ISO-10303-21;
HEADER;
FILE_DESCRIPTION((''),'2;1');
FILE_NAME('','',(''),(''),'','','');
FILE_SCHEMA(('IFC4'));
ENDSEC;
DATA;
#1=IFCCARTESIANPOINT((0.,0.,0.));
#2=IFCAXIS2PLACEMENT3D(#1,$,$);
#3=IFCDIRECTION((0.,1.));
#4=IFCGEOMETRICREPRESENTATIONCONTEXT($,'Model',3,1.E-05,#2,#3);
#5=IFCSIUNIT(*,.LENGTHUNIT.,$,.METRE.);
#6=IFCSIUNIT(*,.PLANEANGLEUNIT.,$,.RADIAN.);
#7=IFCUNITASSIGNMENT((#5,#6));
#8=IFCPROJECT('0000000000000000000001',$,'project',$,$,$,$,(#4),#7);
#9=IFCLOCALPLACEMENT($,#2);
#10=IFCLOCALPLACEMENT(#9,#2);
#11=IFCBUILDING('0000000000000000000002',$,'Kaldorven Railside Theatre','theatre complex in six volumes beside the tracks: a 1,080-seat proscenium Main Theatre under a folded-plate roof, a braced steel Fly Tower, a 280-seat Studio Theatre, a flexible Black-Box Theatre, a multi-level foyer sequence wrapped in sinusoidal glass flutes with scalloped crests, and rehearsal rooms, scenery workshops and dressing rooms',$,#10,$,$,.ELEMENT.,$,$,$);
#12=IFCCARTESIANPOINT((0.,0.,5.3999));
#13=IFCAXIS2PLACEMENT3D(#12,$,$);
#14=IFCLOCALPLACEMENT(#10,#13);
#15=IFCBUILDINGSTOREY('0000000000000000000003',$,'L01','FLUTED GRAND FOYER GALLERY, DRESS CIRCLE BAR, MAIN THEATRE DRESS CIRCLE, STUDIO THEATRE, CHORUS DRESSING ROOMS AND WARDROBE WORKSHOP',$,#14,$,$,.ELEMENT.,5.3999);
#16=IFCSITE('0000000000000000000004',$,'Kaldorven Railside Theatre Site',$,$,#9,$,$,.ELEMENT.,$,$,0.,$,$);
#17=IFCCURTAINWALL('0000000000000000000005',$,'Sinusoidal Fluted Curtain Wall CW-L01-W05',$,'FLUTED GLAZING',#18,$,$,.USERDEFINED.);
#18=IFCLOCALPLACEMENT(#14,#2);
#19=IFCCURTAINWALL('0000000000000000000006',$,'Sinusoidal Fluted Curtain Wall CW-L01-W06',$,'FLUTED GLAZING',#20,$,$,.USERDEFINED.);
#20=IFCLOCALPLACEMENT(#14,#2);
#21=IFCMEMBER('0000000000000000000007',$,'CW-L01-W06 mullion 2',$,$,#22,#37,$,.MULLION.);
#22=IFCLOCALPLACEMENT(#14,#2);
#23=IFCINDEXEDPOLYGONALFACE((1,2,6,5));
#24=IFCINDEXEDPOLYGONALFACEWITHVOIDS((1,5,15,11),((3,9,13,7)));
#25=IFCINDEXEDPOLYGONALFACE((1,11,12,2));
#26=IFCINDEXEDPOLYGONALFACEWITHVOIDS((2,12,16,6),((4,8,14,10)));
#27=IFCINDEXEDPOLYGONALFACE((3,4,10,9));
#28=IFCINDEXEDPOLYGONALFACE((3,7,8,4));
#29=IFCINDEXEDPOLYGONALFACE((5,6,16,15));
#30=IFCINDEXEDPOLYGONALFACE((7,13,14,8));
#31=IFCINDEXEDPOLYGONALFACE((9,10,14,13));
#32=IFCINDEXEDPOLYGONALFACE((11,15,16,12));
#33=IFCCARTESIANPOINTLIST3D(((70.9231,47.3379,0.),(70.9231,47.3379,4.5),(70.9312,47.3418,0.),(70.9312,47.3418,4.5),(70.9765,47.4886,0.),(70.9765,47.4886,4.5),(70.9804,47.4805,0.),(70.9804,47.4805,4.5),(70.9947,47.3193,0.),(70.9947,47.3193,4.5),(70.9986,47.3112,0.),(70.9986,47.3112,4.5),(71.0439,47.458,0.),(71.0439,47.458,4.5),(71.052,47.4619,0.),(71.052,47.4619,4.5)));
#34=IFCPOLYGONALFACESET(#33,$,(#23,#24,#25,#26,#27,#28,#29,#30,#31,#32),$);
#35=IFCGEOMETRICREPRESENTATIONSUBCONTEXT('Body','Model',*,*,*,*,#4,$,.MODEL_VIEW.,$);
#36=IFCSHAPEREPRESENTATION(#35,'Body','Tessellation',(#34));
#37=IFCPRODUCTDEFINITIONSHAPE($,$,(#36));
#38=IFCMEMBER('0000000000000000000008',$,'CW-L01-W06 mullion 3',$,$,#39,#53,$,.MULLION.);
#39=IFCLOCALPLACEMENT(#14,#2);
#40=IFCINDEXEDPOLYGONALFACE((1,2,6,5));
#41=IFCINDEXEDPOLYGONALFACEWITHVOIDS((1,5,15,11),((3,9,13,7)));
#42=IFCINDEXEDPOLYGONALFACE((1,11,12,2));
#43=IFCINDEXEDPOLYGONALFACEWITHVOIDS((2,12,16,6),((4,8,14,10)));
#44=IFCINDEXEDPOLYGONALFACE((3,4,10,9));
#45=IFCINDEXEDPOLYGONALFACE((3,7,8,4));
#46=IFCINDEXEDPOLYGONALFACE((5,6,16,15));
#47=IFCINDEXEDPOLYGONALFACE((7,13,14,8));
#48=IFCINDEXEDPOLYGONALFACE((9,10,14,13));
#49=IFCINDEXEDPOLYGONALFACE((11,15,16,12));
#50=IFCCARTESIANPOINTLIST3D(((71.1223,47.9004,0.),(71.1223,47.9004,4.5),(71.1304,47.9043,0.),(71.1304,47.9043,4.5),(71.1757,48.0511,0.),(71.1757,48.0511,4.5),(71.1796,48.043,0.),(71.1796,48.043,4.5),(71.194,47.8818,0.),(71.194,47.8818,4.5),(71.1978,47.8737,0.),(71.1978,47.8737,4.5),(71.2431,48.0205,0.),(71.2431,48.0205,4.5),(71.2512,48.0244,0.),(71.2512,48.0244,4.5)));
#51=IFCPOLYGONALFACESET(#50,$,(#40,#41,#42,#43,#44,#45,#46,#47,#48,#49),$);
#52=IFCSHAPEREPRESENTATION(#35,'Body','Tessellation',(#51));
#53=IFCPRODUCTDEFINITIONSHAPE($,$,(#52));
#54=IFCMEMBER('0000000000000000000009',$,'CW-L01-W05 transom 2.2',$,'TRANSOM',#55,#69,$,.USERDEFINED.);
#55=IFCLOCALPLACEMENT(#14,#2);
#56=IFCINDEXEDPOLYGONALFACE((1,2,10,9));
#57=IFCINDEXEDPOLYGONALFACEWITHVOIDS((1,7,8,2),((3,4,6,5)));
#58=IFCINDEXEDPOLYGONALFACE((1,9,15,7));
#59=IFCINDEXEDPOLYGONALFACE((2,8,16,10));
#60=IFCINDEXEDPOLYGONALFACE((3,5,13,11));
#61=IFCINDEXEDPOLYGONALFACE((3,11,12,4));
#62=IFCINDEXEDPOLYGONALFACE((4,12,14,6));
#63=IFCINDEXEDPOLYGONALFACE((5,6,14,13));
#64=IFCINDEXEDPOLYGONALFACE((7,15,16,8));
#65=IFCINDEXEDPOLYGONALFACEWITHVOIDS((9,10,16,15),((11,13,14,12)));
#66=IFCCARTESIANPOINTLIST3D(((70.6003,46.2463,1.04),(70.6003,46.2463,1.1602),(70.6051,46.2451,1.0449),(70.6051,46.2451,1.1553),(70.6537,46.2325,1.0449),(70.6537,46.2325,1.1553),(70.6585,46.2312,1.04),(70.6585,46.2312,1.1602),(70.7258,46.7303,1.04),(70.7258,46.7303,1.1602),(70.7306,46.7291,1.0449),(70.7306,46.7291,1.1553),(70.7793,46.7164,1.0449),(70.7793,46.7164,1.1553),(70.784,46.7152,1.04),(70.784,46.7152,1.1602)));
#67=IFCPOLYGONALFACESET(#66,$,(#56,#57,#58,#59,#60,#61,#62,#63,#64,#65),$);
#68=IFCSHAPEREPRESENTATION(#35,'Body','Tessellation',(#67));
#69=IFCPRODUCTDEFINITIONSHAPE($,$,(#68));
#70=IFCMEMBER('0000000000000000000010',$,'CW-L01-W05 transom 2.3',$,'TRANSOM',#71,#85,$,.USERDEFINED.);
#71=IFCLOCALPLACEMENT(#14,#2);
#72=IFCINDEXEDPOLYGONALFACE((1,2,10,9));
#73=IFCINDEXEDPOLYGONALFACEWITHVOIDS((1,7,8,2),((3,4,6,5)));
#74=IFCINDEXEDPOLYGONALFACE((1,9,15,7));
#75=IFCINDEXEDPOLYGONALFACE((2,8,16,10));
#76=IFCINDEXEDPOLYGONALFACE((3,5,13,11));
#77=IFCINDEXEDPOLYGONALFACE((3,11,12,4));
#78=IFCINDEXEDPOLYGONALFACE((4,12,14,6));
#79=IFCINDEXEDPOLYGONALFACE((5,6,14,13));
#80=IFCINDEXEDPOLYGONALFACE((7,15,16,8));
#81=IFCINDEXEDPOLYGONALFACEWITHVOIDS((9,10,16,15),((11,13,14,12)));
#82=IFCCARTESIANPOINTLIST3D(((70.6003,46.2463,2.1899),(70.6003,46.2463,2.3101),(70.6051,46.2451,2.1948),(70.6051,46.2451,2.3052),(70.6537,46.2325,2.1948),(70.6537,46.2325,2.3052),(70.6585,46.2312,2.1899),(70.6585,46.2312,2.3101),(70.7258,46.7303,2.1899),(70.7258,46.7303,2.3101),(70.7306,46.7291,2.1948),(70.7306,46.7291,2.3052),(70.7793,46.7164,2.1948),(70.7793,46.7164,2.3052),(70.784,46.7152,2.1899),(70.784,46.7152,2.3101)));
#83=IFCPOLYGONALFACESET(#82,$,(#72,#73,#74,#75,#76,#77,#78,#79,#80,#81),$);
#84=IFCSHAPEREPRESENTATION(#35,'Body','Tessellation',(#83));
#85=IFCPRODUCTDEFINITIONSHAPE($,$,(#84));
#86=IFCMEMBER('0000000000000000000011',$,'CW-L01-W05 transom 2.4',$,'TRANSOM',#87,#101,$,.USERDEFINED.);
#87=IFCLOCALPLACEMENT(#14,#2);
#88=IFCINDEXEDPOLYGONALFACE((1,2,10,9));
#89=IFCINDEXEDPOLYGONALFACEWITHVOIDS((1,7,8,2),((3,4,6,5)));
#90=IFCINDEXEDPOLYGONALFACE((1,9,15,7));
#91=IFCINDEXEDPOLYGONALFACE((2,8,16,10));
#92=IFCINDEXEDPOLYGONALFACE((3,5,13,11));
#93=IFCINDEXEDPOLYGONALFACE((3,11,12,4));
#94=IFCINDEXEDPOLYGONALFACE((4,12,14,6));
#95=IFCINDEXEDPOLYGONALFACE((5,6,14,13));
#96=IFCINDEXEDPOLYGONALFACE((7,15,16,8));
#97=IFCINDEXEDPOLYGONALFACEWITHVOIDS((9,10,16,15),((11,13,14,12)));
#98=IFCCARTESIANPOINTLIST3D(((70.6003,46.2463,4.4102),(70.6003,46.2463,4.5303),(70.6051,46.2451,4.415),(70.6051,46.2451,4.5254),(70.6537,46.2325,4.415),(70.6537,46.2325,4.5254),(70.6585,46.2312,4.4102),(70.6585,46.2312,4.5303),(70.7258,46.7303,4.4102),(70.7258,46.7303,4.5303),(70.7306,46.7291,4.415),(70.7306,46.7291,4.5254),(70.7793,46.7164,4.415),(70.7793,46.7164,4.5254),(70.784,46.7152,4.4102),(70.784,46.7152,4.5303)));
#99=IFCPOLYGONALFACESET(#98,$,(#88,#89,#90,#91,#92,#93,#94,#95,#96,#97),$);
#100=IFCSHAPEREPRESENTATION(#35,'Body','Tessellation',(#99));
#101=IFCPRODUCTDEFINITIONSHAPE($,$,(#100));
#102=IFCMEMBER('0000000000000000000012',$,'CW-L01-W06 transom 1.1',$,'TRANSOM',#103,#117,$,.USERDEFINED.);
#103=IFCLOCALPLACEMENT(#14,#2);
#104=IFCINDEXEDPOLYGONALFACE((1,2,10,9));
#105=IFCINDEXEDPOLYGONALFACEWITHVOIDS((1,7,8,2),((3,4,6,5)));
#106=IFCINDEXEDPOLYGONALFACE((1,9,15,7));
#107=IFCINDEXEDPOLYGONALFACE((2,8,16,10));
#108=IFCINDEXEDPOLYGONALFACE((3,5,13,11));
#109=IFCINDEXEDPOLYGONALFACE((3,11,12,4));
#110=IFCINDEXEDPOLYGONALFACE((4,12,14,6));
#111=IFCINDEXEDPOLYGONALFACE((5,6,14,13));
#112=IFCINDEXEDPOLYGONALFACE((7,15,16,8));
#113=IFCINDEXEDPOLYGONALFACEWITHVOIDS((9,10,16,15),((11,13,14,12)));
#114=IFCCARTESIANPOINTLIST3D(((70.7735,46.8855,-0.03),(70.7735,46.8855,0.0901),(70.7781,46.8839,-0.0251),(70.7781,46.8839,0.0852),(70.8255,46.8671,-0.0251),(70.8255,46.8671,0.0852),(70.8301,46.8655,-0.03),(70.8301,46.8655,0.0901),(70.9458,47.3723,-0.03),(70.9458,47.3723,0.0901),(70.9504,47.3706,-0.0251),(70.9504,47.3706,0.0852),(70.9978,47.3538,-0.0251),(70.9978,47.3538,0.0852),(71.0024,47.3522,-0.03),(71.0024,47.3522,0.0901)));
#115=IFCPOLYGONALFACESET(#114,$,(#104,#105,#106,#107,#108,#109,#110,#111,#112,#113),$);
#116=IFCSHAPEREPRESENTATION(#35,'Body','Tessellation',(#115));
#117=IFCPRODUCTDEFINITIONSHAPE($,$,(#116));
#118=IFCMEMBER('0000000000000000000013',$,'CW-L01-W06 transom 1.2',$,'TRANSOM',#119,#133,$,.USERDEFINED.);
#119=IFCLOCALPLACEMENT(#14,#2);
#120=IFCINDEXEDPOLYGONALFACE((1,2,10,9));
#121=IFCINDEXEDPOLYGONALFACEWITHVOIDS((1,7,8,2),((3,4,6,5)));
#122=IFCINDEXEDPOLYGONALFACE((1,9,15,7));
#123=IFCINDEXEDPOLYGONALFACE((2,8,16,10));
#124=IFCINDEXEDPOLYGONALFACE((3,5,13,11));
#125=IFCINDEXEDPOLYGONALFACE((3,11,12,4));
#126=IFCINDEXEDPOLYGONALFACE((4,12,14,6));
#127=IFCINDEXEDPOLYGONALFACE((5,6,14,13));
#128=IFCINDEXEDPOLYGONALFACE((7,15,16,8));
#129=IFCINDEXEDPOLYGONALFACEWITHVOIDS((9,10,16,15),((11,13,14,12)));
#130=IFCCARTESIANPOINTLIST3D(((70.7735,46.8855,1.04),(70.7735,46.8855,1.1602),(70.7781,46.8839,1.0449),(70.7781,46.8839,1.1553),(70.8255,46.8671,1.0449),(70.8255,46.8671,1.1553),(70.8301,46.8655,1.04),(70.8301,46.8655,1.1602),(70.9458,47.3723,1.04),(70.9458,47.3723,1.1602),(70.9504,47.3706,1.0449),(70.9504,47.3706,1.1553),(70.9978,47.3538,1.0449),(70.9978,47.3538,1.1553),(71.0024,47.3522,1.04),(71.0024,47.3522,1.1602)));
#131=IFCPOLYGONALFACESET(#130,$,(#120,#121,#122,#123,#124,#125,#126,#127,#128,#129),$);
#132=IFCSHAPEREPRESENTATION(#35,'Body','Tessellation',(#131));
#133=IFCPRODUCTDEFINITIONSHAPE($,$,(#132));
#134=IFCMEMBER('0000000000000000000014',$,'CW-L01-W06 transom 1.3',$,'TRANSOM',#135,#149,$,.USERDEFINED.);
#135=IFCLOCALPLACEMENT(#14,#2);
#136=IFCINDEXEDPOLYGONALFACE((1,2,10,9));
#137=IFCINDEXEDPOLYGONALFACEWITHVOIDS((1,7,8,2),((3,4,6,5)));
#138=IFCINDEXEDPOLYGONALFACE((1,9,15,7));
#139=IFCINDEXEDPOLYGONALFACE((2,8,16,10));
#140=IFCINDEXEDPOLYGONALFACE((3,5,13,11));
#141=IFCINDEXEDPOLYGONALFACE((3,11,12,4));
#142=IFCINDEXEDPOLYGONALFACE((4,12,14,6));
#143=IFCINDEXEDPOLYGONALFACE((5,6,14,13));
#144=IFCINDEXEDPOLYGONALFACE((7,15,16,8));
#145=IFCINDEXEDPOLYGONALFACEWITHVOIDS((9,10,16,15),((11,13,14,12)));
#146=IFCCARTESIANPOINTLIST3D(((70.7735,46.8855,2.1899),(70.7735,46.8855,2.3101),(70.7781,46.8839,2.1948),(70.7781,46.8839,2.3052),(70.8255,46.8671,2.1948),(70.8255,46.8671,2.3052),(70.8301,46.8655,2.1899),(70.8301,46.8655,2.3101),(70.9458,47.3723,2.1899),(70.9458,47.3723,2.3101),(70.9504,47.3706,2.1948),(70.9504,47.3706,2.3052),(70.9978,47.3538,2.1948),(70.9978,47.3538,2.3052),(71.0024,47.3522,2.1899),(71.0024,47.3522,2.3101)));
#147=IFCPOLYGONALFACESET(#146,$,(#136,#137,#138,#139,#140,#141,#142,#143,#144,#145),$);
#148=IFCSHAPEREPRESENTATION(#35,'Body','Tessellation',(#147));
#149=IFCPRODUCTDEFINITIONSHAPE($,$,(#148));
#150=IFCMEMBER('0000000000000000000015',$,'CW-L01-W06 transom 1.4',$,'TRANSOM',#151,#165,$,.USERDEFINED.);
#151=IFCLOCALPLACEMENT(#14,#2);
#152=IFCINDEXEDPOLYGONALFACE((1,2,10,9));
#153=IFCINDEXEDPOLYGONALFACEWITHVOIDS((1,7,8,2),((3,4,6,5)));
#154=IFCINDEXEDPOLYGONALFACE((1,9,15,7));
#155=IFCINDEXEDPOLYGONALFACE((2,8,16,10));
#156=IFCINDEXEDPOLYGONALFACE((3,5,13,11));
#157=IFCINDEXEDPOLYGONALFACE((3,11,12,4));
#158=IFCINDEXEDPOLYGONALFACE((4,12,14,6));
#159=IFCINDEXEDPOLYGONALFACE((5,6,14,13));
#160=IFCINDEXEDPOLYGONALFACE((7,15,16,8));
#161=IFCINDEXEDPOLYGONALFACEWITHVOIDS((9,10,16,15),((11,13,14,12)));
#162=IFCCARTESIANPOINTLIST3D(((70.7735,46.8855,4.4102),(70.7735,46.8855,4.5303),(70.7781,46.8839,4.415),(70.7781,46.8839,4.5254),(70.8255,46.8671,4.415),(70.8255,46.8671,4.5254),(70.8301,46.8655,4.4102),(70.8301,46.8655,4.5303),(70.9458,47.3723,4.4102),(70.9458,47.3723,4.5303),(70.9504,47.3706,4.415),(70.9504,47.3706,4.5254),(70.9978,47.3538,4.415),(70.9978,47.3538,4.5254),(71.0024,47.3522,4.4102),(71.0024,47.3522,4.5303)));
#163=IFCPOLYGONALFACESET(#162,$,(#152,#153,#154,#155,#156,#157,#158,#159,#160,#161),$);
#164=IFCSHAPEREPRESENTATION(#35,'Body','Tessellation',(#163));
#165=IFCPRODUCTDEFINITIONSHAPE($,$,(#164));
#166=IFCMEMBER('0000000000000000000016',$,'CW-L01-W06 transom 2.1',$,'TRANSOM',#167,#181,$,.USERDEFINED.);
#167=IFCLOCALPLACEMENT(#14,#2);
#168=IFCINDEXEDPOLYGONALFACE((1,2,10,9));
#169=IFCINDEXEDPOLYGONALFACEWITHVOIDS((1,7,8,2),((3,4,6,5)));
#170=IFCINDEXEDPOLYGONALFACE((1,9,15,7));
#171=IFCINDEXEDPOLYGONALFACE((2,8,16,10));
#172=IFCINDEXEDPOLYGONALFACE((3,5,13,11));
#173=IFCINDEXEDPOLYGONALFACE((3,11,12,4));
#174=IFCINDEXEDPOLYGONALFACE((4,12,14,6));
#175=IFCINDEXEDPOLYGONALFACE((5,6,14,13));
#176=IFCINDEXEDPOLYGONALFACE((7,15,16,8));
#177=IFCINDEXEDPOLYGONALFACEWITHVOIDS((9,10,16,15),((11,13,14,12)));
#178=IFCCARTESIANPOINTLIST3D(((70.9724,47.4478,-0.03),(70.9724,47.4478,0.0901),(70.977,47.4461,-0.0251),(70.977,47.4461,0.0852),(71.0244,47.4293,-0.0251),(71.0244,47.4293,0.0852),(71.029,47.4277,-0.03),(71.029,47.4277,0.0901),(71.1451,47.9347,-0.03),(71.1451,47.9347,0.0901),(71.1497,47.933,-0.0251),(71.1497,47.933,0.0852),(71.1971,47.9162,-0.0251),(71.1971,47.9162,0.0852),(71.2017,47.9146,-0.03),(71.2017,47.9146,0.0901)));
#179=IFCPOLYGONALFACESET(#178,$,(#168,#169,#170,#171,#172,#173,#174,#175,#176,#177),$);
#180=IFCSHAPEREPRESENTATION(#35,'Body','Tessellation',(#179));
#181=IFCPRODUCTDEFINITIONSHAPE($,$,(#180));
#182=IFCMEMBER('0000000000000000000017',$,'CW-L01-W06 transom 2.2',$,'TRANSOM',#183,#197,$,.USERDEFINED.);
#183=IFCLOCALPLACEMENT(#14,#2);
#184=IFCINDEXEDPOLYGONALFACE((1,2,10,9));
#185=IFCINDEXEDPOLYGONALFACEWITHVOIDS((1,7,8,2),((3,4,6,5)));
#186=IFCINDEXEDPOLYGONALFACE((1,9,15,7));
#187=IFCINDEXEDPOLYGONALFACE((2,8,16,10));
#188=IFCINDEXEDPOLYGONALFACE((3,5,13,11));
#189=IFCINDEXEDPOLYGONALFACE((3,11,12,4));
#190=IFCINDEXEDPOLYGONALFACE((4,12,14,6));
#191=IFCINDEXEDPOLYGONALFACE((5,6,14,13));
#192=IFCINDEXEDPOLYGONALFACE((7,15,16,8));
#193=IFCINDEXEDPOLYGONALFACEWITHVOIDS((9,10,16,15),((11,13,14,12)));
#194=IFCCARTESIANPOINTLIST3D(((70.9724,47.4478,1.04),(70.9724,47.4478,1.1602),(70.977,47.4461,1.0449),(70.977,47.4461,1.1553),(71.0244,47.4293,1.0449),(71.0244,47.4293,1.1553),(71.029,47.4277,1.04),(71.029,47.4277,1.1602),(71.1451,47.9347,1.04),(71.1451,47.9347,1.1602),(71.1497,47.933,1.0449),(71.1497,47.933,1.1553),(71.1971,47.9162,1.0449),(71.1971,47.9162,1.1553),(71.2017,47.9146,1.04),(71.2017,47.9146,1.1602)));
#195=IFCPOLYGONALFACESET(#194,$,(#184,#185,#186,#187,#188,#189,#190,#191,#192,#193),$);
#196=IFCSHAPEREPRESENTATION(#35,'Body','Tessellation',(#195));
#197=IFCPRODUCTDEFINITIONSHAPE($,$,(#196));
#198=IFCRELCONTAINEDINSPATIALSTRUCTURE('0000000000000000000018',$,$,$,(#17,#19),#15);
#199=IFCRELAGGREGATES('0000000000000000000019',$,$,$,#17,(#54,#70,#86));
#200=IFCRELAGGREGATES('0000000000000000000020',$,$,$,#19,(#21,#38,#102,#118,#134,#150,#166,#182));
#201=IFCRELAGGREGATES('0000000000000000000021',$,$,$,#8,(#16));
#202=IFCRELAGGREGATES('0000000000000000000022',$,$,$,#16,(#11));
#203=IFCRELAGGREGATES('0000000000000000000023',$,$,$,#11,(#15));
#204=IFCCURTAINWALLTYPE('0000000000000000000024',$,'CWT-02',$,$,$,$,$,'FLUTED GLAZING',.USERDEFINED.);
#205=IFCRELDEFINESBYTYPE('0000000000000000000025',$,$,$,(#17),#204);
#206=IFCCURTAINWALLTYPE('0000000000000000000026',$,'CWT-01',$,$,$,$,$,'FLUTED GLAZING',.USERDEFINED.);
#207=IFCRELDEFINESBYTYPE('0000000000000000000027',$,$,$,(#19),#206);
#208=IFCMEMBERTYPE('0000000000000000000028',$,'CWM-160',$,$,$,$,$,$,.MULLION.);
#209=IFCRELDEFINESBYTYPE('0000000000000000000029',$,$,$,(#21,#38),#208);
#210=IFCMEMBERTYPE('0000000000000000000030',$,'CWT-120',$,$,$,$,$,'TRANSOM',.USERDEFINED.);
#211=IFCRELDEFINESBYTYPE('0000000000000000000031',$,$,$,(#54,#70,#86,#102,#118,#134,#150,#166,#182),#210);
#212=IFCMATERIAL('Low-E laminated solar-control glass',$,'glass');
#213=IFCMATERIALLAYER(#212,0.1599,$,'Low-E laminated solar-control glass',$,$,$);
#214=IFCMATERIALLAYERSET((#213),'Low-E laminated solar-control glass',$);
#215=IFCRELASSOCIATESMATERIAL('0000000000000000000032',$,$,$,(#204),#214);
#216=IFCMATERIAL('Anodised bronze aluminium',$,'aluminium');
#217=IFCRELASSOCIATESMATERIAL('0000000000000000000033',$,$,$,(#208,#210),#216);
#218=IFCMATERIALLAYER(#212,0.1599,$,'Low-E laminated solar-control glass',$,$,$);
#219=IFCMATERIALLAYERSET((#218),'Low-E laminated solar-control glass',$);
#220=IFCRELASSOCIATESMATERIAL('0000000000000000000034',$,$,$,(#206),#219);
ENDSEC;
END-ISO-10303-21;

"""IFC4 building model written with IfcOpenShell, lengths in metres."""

from ifc_helpers import new_model, si_unit, direction, frame, origin, origin_2d, place, context, subcontext, project, spatial, hollow_rectangle, extrude, material, layer, layer_set, material_profile, profile_set, type_object, element, aggregate, save


model = new_model("IFC4")

# Units and contexts
model_context = context("Model", 3, precision=1e-05, world=origin(), true_north=direction((0.0, 1.0)))
body_context = subcontext(model_context, "Body", "Model", "MODEL_VIEW")
ifc_project = project(units=[si_unit("LENGTHUNIT", "METRE"), si_unit("PLANEANGLEUNIT", "RADIAN")], contexts=[model_context])

# Site, building, storey
site_placement = place(None, origin())
site = spatial("IfcSite", under=ifc_project, at=site_placement, Name="Kaldorven Railside Theatre Site", CompositionType="ELEMENT", RefElevation=0.0)
building_placement = place(site_placement, origin())
building = spatial("IfcBuilding", under=site, at=building_placement, Name="Kaldorven Railside Theatre", Description="theatre complex in six volumes beside the tracks: a 1,080-seat proscenium Main Theatre under a folded-plate roof, a braced steel Fly Tower, a 280-seat Studio Theatre, a flexible Black-Box Theatre, a multi-level foyer sequence wrapped in sinusoidal glass flutes with scalloped crests, and rehearsal rooms, scenery workshops and dressing rooms", CompositionType="ELEMENT")
storey_placement = place(building_placement, frame((0.0, 0.0, 5.3999)))
storey = spatial("IfcBuildingStorey", under=building, at=storey_placement, Name="L01", Description="FLUTED GRAND FOYER GALLERY, DRESS CIRCLE BAR, MAIN THEATRE DRESS CIRCLE, STUDIO THEATRE, CHORUS DRESSING ROOMS AND WARDROBE WORKSHOP", CompositionType="ELEMENT", Elevation=5.3999)

# Curtain wall
ifc_material_1 = material(Name="Low-E laminated solar-control glass", Category="glass")
ifc_layer_1 = layer(ifc_material_1, 0.1599, Name="Low-E laminated solar-control glass")
ifc_layer_set_1 = layer_set([ifc_layer_1], Name="Low-E laminated solar-control glass")
curtain_wall_type_1 = type_object("IfcCurtainWallType", Name="CWT-02", ElementType="FLUTED GLAZING", PredefinedType="USERDEFINED", material=ifc_layer_set_1)
curtain_wall_1_placement = place(storey_placement, origin())
curtain_wall_1 = element("IfcCurtainWall", 1, at=curtain_wall_1_placement, inside=storey, type_object=curtain_wall_type_1, Name="Sinusoidal Fluted Curtain Wall CW-L01-W05", ObjectType="FLUTED GLAZING", PredefinedType="USERDEFINED")
ifc_material_2 = material(Name="Anodised bronze aluminium", Category="aluminium")
ifc_material_profile_1 = material_profile(ifc_material_2, hollow_rectangle(XDim=0.0801, YDim=0.1599, WallThickness=0.0063, at=origin_2d()), Name="RHS 160x80x6.3")
ifc_profile_set_1 = profile_set([ifc_material_profile_1], Name="Anodised bronze aluminium")
member_type_1 = type_object("IfcMemberType", Name="CWM-160", PredefinedType="MULLION", material=ifc_profile_set_1)

# Curtain wall, members
ifc_layer_2 = layer(ifc_material_1, 0.1599, Name="Low-E laminated solar-control glass")
ifc_layer_set_2 = layer_set([ifc_layer_2], Name="Low-E laminated solar-control glass")
curtain_wall_type_2 = type_object("IfcCurtainWallType", Name="CWT-01", ElementType="FLUTED GLAZING", PredefinedType="USERDEFINED", material=ifc_layer_set_2)
curtain_wall_2_placement = place(storey_placement, origin())
curtain_wall_2 = element("IfcCurtainWall", 2, at=curtain_wall_2_placement, inside=storey, type_object=curtain_wall_type_2, Name="Sinusoidal Fluted Curtain Wall CW-L01-W06", ObjectType="FLUTED GLAZING", PredefinedType="USERDEFINED")
member_1_placement = place(storey_placement, frame((70.9875, 47.3999, 0.0), z_axis=(0.0, 0.0, 1.0), x_axis=(-0.942627, 0.333847, 0.0)))
member_1 = element("IfcMember", 3, at=member_1_placement, type_object=member_type_1, Name="CW-L01-W06 mullion 2", PredefinedType="MULLION", context=body_context, shape_type="SweptSolid", body=[
    extrude(hollow_rectangle(XDim=0.0801, YDim=0.1599, WallThickness=0.0063, at=origin_2d()), origin(), (0.0, 0.0, 1.0), 4.5),
])
member_2_placement = place(storey_placement, frame((71.1868, 47.9624, 0.0), z_axis=(0.0, 0.0, 1.0), x_axis=(-0.942627, 0.333847, 0.0)))
member_2 = element("IfcMember", 4, at=member_2_placement, type_object=member_type_1, Name="CW-L01-W06 mullion 3", PredefinedType="MULLION", context=body_context, shape_type="SweptSolid", body=[
    extrude(hollow_rectangle(XDim=0.0801, YDim=0.1599, WallThickness=0.0063, at=origin_2d()), origin(), (0.0, 0.0, 1.0), 4.5),
])

# Members
ifc_material_profile_2 = material_profile(ifc_material_2, hollow_rectangle(XDim=0.0601, YDim=0.1201, WallThickness=0.0049, at=origin_2d()), Name="RHS 120x60x5")
ifc_profile_set_2 = profile_set([ifc_material_profile_2], Name="Anodised bronze aluminium")
member_type_2 = type_object("IfcMemberType", Name="CWT-120", ElementType="TRANSOM", PredefinedType="USERDEFINED", material=ifc_profile_set_2)
member_3_placement = place(storey_placement, frame((70.6294, 46.2388, 1.1001), z_axis=(0.25103, 0.967979, 0.0), x_axis=(-0.967979, 0.25103, 0.0)))
member_3 = element("IfcMember", 5, at=member_3_placement, type_object=member_type_2, Name="CW-L01-W05 transom 2.2", ObjectType="TRANSOM", PredefinedType="USERDEFINED", context=body_context, shape_type="SweptSolid", body=[
    extrude(hollow_rectangle(XDim=0.0601, YDim=0.1201, WallThickness=0.0049, at=origin_2d()), origin(), (0.0, 0.0, 1.0), 0.5),
])
member_4_placement = place(storey_placement, frame((70.6294, 46.2388, 2.25), z_axis=(0.25103, 0.967979, 0.0), x_axis=(-0.967979, 0.25103, 0.0)))
member_4 = element("IfcMember", 6, at=member_4_placement, type_object=member_type_2, Name="CW-L01-W05 transom 2.3", ObjectType="TRANSOM", PredefinedType="USERDEFINED", context=body_context, shape_type="SweptSolid", body=[
    extrude(hollow_rectangle(XDim=0.0601, YDim=0.1201, WallThickness=0.0049, at=origin_2d()), origin(), (0.0, 0.0, 1.0), 0.5),
])
member_5_placement = place(storey_placement, frame((70.6294, 46.2388, 4.4702), z_axis=(0.25103, 0.967979, 0.0), x_axis=(-0.967979, 0.25103, 0.0)))
member_5 = element("IfcMember", 7, at=member_5_placement, type_object=member_type_2, Name="CW-L01-W05 transom 2.4", ObjectType="TRANSOM", PredefinedType="USERDEFINED", context=body_context, shape_type="SweptSolid", body=[
    extrude(hollow_rectangle(XDim=0.0601, YDim=0.1201, WallThickness=0.0049, at=origin_2d()), origin(), (0.0, 0.0, 1.0), 0.5),
])
member_6_placement = place(storey_placement, frame((70.8018, 46.8755, 0.03), z_axis=(0.33376, 0.942658, 0.0), x_axis=(-0.942658, 0.33376, 0.0)))
member_6 = element("IfcMember", 8, at=member_6_placement, type_object=member_type_2, Name="CW-L01-W06 transom 1.1", ObjectType="TRANSOM", PredefinedType="USERDEFINED", context=body_context, shape_type="SweptSolid", body=[
    extrude(hollow_rectangle(XDim=0.0601, YDim=0.1201, WallThickness=0.0049, at=origin_2d()), origin(), (0.0, 0.0, 1.0), 0.5164),
])
member_7_placement = place(storey_placement, frame((70.8018, 46.8755, 1.1001), z_axis=(0.33376, 0.942658, 0.0), x_axis=(-0.942658, 0.33376, 0.0)))
member_7 = element("IfcMember", 9, at=member_7_placement, type_object=member_type_2, Name="CW-L01-W06 transom 1.2", ObjectType="TRANSOM", PredefinedType="USERDEFINED", context=body_context, shape_type="SweptSolid", body=[
    extrude(hollow_rectangle(XDim=0.0601, YDim=0.1201, WallThickness=0.0049, at=origin_2d()), origin(), (0.0, 0.0, 1.0), 0.5164),
])
member_8_placement = place(storey_placement, frame((70.8018, 46.8755, 2.25), z_axis=(0.33376, 0.942658, 0.0), x_axis=(-0.942658, 0.33376, 0.0)))
member_8 = element("IfcMember", 10, at=member_8_placement, type_object=member_type_2, Name="CW-L01-W06 transom 1.3", ObjectType="TRANSOM", PredefinedType="USERDEFINED", context=body_context, shape_type="SweptSolid", body=[
    extrude(hollow_rectangle(XDim=0.0601, YDim=0.1201, WallThickness=0.0049, at=origin_2d()), origin(), (0.0, 0.0, 1.0), 0.5164),
])
member_9_placement = place(storey_placement, frame((70.8018, 46.8755, 4.4702), z_axis=(0.33376, 0.942658, 0.0), x_axis=(-0.942658, 0.33376, 0.0)))
member_9 = element("IfcMember", 11, at=member_9_placement, type_object=member_type_2, Name="CW-L01-W06 transom 1.4", ObjectType="TRANSOM", PredefinedType="USERDEFINED", context=body_context, shape_type="SweptSolid", body=[
    extrude(hollow_rectangle(XDim=0.0601, YDim=0.1201, WallThickness=0.0049, at=origin_2d()), origin(), (0.0, 0.0, 1.0), 0.5164),
])
member_10_placement = place(storey_placement, frame((71.0007, 47.4377, 0.03), z_axis=(0.33418, 0.942509, 0.0), x_axis=(-0.942509, 0.33418, 0.0)))
member_10 = element("IfcMember", 12, at=member_10_placement, type_object=member_type_2, Name="CW-L01-W06 transom 2.1", ObjectType="TRANSOM", PredefinedType="USERDEFINED", context=body_context, shape_type="SweptSolid", body=[
    extrude(hollow_rectangle(XDim=0.0601, YDim=0.1201, WallThickness=0.0049, at=origin_2d()), origin(), (0.0, 0.0, 1.0), 0.5166),
])
member_11_placement = place(storey_placement, frame((71.0007, 47.4377, 1.1001), z_axis=(0.33418, 0.942509, 0.0), x_axis=(-0.942509, 0.33418, 0.0)))
member_11 = element("IfcMember", 13, at=member_11_placement, type_object=member_type_2, Name="CW-L01-W06 transom 2.2", ObjectType="TRANSOM", PredefinedType="USERDEFINED", context=body_context, shape_type="SweptSolid", body=[
    extrude(hollow_rectangle(XDim=0.0601, YDim=0.1201, WallThickness=0.0049, at=origin_2d()), origin(), (0.0, 0.0, 1.0), 0.5166),
])

aggregate(curtain_wall_1, [member_3, member_4, member_5])
aggregate(curtain_wall_2, [member_1, member_2, member_6, member_7, member_8, member_9, member_10, member_11])

save(model, "model.ifc")
